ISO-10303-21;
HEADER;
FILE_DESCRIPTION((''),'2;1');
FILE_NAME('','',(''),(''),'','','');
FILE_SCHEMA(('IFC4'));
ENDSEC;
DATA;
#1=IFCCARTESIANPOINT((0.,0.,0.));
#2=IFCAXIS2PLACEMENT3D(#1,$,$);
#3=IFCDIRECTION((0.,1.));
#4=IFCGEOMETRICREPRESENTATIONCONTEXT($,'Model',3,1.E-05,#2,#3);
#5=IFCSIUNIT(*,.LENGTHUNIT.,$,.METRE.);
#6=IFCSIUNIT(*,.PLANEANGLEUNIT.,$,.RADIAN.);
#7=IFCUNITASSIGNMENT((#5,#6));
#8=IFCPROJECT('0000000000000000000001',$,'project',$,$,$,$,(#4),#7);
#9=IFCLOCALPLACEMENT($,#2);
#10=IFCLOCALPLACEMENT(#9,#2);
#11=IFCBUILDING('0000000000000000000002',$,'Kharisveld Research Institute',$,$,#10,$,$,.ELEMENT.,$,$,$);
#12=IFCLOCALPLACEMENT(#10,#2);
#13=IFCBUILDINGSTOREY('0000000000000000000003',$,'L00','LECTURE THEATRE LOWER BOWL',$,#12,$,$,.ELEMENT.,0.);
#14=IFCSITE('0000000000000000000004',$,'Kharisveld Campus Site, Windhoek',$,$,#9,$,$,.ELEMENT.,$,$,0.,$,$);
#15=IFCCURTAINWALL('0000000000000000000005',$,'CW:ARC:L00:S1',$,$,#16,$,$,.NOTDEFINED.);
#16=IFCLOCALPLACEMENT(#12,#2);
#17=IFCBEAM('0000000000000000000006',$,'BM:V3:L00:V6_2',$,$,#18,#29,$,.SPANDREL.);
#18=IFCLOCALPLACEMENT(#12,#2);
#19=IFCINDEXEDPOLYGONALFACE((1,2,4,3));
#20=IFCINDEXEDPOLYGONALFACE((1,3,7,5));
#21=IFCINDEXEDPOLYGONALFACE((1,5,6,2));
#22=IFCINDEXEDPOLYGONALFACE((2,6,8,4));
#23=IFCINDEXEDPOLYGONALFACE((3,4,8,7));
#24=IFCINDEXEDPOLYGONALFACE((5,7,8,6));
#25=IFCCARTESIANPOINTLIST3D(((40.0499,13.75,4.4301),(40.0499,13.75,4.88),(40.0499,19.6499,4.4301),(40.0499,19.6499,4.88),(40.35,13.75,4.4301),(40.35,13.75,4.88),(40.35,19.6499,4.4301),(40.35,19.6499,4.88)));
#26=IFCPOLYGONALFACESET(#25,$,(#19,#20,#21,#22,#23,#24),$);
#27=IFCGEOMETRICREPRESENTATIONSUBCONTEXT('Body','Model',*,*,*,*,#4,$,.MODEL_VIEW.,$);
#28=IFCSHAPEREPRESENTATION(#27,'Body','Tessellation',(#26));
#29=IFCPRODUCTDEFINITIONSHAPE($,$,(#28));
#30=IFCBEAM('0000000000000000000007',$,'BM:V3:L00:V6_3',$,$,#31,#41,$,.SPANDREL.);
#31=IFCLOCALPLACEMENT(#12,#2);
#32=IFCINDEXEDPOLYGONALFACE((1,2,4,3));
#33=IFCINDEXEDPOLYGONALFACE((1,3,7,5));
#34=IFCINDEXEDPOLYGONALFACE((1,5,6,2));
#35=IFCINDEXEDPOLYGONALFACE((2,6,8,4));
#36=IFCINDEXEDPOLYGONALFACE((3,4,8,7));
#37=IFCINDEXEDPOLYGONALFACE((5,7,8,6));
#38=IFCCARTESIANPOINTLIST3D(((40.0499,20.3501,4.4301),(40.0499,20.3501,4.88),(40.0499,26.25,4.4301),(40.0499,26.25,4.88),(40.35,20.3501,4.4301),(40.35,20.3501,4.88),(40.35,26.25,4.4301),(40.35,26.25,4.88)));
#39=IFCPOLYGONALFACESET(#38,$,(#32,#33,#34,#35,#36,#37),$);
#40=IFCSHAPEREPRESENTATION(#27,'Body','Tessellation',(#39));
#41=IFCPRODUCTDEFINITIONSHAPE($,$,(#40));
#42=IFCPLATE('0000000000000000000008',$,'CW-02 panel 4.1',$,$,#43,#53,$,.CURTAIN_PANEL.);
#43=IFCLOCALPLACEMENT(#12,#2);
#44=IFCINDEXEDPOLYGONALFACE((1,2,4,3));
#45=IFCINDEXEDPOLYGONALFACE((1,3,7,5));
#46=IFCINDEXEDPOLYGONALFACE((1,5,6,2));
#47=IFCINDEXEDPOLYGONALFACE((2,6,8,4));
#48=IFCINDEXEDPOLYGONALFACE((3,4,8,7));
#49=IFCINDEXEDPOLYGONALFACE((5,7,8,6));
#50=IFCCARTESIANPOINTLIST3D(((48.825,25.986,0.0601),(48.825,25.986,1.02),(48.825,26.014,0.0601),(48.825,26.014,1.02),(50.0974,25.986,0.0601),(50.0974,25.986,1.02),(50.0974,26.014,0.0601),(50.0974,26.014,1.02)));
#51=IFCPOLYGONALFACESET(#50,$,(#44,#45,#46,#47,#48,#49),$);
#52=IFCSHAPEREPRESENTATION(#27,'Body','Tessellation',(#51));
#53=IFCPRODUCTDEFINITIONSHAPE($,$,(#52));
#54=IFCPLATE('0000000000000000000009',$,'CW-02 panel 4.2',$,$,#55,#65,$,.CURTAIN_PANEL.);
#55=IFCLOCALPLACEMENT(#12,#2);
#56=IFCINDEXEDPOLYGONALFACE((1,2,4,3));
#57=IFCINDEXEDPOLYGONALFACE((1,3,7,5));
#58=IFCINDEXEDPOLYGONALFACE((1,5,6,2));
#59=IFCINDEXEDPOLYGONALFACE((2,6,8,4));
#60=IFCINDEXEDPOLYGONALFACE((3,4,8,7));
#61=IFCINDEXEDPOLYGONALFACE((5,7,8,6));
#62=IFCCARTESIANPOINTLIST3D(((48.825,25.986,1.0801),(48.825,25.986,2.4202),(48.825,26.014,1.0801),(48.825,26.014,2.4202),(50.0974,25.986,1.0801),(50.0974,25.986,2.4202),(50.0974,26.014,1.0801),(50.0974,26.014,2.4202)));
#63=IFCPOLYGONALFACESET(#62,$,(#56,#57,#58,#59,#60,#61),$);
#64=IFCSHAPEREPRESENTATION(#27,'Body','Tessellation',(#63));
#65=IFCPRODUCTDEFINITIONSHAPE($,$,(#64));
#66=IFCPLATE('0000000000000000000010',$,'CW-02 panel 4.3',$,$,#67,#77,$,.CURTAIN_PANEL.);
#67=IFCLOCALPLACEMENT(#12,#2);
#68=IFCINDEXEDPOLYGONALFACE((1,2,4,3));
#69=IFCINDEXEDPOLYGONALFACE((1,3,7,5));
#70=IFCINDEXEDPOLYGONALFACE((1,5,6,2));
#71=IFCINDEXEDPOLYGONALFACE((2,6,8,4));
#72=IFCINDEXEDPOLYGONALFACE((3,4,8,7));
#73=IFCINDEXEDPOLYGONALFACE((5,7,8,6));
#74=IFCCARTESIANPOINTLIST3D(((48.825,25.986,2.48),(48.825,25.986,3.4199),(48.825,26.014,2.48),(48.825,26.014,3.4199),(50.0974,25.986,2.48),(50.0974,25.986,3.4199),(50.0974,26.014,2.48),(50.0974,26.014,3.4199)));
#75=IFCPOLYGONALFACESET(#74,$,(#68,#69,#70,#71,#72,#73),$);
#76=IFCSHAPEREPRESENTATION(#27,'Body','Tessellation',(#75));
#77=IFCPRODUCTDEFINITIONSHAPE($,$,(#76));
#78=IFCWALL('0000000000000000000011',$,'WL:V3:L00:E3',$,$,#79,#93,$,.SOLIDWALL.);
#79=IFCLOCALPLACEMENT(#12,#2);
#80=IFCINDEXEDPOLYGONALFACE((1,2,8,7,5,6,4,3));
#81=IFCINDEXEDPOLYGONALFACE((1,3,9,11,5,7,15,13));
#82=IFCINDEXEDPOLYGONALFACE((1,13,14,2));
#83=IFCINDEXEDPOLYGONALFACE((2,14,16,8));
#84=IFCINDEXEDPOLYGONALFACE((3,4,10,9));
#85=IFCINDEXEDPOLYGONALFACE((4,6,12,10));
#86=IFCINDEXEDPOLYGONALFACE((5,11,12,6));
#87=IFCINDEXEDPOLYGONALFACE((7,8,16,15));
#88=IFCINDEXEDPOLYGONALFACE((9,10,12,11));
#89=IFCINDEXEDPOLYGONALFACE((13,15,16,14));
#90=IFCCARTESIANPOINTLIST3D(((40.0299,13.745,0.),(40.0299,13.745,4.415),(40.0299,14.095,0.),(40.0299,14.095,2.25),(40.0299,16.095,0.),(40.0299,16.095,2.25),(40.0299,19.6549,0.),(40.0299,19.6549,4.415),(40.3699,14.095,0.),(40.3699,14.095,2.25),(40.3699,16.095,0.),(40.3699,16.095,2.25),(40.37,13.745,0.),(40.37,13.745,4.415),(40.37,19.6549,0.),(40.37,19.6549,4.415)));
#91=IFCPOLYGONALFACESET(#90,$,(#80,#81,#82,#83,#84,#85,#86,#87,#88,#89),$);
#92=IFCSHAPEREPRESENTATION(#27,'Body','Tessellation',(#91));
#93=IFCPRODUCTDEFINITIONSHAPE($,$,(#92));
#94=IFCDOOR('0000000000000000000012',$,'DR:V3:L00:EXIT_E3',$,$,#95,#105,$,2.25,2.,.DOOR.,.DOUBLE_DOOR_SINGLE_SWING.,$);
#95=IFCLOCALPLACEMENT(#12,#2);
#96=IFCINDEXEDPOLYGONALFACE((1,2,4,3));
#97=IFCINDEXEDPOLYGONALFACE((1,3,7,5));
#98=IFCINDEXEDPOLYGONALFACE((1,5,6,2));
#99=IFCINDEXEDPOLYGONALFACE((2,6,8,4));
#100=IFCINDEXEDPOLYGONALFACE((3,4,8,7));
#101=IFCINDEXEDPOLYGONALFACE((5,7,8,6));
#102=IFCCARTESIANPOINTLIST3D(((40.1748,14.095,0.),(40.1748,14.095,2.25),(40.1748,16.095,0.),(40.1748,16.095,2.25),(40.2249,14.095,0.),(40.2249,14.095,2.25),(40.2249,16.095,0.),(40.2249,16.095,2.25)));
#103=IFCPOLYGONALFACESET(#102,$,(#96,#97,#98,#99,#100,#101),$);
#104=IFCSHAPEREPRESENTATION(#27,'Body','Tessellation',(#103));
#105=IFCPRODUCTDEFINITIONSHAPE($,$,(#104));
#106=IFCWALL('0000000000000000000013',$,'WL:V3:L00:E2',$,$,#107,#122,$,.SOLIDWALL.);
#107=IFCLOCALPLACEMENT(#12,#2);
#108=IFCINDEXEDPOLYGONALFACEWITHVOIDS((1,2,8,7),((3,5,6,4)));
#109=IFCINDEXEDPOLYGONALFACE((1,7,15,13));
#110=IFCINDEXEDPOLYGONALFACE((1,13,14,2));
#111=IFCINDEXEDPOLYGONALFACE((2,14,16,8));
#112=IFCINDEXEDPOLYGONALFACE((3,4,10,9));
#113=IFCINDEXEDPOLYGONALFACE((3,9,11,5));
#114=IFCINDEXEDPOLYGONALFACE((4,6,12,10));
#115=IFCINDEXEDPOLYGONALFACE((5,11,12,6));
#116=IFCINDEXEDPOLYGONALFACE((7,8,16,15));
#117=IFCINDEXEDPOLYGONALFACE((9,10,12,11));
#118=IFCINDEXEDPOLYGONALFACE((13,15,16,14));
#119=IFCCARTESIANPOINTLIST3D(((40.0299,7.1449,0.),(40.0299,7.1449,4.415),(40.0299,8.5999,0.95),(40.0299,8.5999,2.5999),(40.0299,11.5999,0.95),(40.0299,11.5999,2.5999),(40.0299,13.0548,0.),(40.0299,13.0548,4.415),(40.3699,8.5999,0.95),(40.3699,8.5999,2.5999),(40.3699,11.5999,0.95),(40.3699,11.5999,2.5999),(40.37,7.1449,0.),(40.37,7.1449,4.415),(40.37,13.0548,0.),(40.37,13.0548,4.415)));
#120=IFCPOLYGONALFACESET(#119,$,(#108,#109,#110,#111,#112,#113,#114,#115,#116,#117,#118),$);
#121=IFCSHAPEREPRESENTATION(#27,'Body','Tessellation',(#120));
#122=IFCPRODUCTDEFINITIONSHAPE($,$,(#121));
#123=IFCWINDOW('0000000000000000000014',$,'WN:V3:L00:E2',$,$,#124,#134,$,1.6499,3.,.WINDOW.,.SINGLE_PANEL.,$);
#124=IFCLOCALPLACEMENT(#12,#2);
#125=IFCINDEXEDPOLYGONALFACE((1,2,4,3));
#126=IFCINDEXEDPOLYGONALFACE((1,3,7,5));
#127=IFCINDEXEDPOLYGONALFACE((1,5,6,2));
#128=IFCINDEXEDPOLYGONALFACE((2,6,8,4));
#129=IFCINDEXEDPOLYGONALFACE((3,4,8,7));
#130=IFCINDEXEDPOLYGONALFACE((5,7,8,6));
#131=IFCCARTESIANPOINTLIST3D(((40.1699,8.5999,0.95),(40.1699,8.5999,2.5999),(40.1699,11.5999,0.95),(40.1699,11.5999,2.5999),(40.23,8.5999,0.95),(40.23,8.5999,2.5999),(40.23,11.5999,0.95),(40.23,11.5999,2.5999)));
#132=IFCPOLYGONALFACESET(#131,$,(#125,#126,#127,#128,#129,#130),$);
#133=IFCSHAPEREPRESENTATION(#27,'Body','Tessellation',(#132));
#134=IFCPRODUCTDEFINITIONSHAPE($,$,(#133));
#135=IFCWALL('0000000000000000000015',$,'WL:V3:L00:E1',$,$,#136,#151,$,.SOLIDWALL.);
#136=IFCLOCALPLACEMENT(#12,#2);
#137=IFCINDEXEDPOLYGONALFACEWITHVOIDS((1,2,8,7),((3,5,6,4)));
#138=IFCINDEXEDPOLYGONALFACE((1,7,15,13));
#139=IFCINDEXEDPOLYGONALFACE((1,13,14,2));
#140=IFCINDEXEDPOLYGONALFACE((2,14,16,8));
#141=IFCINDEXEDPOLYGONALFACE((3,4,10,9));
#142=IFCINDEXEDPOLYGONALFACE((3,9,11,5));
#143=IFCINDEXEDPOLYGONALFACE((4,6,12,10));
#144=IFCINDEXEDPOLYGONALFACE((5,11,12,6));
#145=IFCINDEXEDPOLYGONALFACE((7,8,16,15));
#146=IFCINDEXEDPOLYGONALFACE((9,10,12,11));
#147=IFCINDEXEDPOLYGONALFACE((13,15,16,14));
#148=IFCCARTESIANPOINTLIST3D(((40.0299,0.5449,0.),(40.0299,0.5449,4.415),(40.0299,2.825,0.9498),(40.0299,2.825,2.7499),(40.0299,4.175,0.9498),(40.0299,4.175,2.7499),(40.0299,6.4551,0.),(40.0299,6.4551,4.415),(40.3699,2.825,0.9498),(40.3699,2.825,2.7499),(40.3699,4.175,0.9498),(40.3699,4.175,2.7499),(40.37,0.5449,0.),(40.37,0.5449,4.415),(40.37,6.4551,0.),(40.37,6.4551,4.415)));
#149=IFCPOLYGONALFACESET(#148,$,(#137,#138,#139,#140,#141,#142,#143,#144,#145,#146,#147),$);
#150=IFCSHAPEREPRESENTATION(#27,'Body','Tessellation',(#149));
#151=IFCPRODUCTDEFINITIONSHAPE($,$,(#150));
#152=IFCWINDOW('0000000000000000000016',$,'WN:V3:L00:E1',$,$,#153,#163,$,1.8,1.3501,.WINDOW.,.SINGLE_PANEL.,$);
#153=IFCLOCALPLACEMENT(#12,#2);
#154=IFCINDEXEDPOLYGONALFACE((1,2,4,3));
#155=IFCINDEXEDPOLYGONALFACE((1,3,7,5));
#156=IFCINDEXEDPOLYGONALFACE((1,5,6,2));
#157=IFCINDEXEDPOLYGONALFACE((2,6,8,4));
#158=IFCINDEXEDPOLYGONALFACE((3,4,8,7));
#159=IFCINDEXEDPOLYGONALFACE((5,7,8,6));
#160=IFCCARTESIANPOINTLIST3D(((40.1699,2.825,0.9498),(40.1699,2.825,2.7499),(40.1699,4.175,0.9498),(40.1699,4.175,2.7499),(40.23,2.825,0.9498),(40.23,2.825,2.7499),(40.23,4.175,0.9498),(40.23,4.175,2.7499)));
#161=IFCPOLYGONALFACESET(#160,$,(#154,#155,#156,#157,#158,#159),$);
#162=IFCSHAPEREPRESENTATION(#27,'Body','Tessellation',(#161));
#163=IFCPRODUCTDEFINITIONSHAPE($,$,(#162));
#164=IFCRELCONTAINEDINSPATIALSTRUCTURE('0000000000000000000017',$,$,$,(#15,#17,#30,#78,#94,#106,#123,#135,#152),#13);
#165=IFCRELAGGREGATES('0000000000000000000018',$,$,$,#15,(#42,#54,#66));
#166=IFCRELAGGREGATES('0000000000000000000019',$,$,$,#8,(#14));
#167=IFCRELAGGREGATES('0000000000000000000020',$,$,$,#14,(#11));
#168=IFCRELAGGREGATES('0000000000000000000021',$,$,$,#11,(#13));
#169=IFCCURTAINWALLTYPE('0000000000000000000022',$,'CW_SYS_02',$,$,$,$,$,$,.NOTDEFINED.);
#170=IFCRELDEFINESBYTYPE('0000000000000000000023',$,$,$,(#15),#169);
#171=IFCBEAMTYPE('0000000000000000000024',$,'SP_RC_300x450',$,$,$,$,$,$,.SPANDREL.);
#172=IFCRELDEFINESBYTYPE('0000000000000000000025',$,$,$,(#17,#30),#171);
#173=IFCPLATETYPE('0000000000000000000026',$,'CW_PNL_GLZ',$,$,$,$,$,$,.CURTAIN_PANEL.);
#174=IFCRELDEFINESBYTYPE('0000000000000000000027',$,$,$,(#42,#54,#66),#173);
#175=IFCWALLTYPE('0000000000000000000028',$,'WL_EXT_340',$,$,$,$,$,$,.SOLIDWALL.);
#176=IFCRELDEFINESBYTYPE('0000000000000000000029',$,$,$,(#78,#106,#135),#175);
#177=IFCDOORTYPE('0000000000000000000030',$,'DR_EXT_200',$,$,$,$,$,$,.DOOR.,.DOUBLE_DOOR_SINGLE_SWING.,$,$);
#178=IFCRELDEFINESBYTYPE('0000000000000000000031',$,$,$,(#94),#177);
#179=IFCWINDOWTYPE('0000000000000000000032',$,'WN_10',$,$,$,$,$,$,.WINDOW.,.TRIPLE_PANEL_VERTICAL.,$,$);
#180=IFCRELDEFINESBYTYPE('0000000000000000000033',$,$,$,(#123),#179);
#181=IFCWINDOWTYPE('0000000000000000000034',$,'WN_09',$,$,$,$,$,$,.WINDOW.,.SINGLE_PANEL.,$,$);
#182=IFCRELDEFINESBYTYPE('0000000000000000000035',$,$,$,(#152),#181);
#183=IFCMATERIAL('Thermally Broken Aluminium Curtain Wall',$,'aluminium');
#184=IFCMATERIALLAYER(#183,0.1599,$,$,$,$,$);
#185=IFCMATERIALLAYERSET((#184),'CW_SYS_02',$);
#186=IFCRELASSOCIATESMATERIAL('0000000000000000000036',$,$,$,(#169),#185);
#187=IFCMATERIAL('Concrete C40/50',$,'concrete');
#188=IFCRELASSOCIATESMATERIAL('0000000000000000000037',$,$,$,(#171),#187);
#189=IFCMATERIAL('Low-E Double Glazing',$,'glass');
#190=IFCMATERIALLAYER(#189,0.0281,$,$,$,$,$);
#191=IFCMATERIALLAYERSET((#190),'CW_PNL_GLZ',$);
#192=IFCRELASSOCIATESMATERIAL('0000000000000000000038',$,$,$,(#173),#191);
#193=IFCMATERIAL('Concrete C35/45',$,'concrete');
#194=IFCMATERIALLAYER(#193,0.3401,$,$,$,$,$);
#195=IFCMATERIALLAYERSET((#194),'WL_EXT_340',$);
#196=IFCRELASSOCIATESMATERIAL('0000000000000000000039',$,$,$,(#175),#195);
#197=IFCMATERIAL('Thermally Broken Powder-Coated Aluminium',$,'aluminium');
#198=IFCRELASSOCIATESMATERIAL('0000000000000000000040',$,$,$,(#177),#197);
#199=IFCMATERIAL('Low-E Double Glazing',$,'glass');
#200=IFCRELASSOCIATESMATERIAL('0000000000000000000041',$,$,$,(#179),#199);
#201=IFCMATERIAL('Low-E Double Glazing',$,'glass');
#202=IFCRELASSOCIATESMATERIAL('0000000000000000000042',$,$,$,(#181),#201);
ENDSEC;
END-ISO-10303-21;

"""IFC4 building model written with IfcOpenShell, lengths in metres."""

from ifc_helpers import new_model, si_unit, direction, frame, frame_2d, origin, origin_2d, place, context, subcontext, project, spatial, rectangle, extrude, material, layer, layer_set, material_profile, profile_set, type_object, element, fill, aggregate, save


model = new_model("IFC4")

# Units and contexts
model_context = context("Model", 3, precision=1e-05, world=origin(), true_north=direction((0.0, 1.0)))
body_context = subcontext(model_context, "Body", "Model", "MODEL_VIEW")
ifc_project = project(units=[si_unit("LENGTHUNIT", "METRE"), si_unit("PLANEANGLEUNIT", "RADIAN")], contexts=[model_context])

# Site, building, storey
site_placement = place(None, origin())
site = spatial("IfcSite", under=ifc_project, at=site_placement, Name="Kharisveld Campus Site, Windhoek", CompositionType="ELEMENT", RefElevation=0.0)
building_placement = place(site_placement, origin())
building = spatial("IfcBuilding", under=site, at=building_placement, Name="Kharisveld Research Institute", CompositionType="ELEMENT")
storey_placement = place(building_placement, origin())
storey = spatial("IfcBuildingStorey", under=building, at=storey_placement, Name="L00", Description="LECTURE THEATRE LOWER BOWL", CompositionType="ELEMENT", Elevation=0.0)

# Curtain wall
ifc_material_1 = material(Name="Thermally Broken Aluminium Curtain Wall", Category="aluminium")
ifc_layer_1 = layer(ifc_material_1, 0.1599)
ifc_layer_set_1 = layer_set([ifc_layer_1], Name="CW_SYS_02")
curtain_wall_type = type_object("IfcCurtainWallType", Name="CW_SYS_02", PredefinedType="NOTDEFINED", material=ifc_layer_set_1)
curtain_wall_placement = place(storey_placement, origin())
curtain_wall = element("IfcCurtainWall", 1, at=curtain_wall_placement, inside=storey, type_object=curtain_wall_type, Name="CW:ARC:L00:S1", PredefinedType="NOTDEFINED")

# Beams
ifc_material_2 = material(Name="Concrete C40/50", Category="concrete")
ifc_material_profile_1 = material_profile(ifc_material_2, rectangle(XDim=0.3, YDim=0.45, at=origin_2d()))
ifc_profile_set_1 = profile_set([ifc_material_profile_1], Name="Concrete C40/50")
beam_type_1 = type_object("IfcBeamType", Name="SP_RC_300x450", PredefinedType="SPANDREL", material=ifc_profile_set_1)
for number, where, z_axis, x_axis, name in (
    (2, (40.2, 13.75, 4.655), (0.0, 1.0, 0.0), (-1.0, 0.0, 0.0), "BM:V3:L00:V6_2"),
    (3, (40.2, 20.3501, 4.655), (0.0, 1.0, 0.0), (-1.0, 0.0, 0.0), "BM:V3:L00:V6_3"),
):
    element("IfcBeam", number, at=place(storey_placement, frame(where, z_axis=z_axis, x_axis=x_axis)), inside=storey, type_object=beam_type_1, Name=name, PredefinedType="SPANDREL", context=body_context, shape_type="SweptSolid", body=[
        extrude(rectangle(XDim=0.3, YDim=0.45, at=origin_2d()), origin(), (0.0, 0.0, 1.0), 5.8999),
    ])

# Plates
ifc_material_3 = material(Name="Low-E Double Glazing", Category="glass")
ifc_layer_2 = layer(ifc_material_3, 0.0281)
ifc_layer_set_2 = layer_set([ifc_layer_2], Name="CW_PNL_GLZ")
plate_type = type_object("IfcPlateType", Name="CW_PNL_GLZ", PredefinedType="CURTAIN_PANEL", material=ifc_layer_set_2)
plate_1_placement = place(storey_placement, frame((49.4612, 26.0, 0.0601), z_axis=(0.0, 0.0, 1.0), x_axis=(-1.0, 0.0, 0.0)))
plate_1 = element("IfcPlate", 4, at=plate_1_placement, type_object=plate_type, Name="CW-02 panel 4.1", PredefinedType="CURTAIN_PANEL", context=body_context, shape_type="SweptSolid", body=[
    extrude(rectangle(XDim=1.2725, YDim=0.0281, at=origin_2d()), origin(), (0.0, 0.0, 1.0), 0.96),
])
plate_2_placement = place(storey_placement, frame((49.4612, 26.0, 1.0801), z_axis=(0.0, 0.0, 1.0), x_axis=(-1.0, 0.0, 0.0)))
plate_2 = element("IfcPlate", 5, at=plate_2_placement, type_object=plate_type, Name="CW-02 panel 4.2", PredefinedType="CURTAIN_PANEL", context=body_context, shape_type="SweptSolid", body=[
    extrude(rectangle(XDim=1.2725, YDim=0.0281, at=origin_2d()), origin(), (0.0, 0.0, 1.0), 1.3401),
])
plate_3_placement = place(storey_placement, frame((49.4612, 26.0, 2.48), z_axis=(0.0, 0.0, 1.0), x_axis=(-1.0, 0.0, 0.0)))
plate_3 = element("IfcPlate", 6, at=plate_3_placement, type_object=plate_type, Name="CW-02 panel 4.3", PredefinedType="CURTAIN_PANEL", context=body_context, shape_type="SweptSolid", body=[
    extrude(rectangle(XDim=1.2725, YDim=0.0281, at=origin_2d()), origin(), (0.0, 0.0, 1.0), 0.9399),
])
aggregate(curtain_wall, [plate_1, plate_2, plate_3])

# Wall, opening, door
ifc_material_4 = material(Name="Concrete C35/45", Category="concrete")
ifc_layer_3 = layer(ifc_material_4, 0.3401)
ifc_layer_set_3 = layer_set([ifc_layer_3], Name="WL_EXT_340")
wall_type_1 = type_object("IfcWallType", Name="WL_EXT_340", PredefinedType="SOLIDWALL", material=ifc_layer_set_3)
wall_1_placement = place(storey_placement, frame((40.2, 19.655, 0.0), z_axis=(0.0, 0.0, 1.0), x_axis=(0.0, -1.0, 0.0)))
wall_1 = element("IfcWall", 7, at=wall_1_placement, inside=storey, type_object=wall_type_1, Name="WL:V3:L00:E3", PredefinedType="SOLIDWALL", context=body_context, shape_type="SweptSolid", body=[
    extrude(rectangle(XDim=5.9099, YDim=0.3401, at=frame_2d((2.9551, 0.0))), origin(), (0.0, 0.0, 1.0), 4.415),
])
opening_1_placement = place(wall_1_placement, frame((3.5601, 0.0, 0.0)))
opening_1 = element("IfcOpeningElement", 8, at=opening_1_placement, cuts=wall_1, PredefinedType="OPENING", context=body_context, shape_type="SweptSolid", body=[
    extrude(rectangle(XDim=2.0, YDim=2.25, at=frame_2d((1.0, 1.125))), frame((0.0, 0.1699, 0.0), z_axis=(0.0, -1.0, 0.0), x_axis=(1.0, 0.0, 0.0)), (0.0, 0.0, 1.0), 0.3401),
])
ifc_material_5 = material(Name="Thermally Broken Powder-Coated Aluminium", Category="aluminium")
door_type_1 = type_object("IfcDoorType", Name="DR_EXT_200", OperationType="DOUBLE_DOOR_SINGLE_SWING", PredefinedType="DOOR", material=ifc_material_5)
door_1_placement = place(opening_1_placement, origin())
door_1 = element("IfcDoor", 9, at=door_1_placement, inside=storey, type_object=door_type_1, Name="DR:V3:L00:EXIT_E3", OperationType="DOUBLE_DOOR_SINGLE_SWING", OverallHeight=2.25, OverallWidth=2.0, PredefinedType="DOOR", context=body_context, shape_type="SweptSolid", body=[
    extrude(rectangle(XDim=2.0, YDim=2.25, at=frame_2d((1.0, 1.125))), frame((0.0, 0.0249, 0.0), z_axis=(0.0, -1.0, 0.0), x_axis=(1.0, 0.0, 0.0)), (0.0, 0.0, 1.0), 0.05),
])
fill(opening_1, door_1)

# Walls, openings, windows
wall_2_placement = place(storey_placement, frame((40.2, 13.0549, 0.0), z_axis=(0.0, 0.0, 1.0), x_axis=(0.0, -1.0, 0.0)))
wall_2 = element("IfcWall", 10, at=wall_2_placement, inside=storey, type_object=wall_type_1, Name="WL:V3:L00:E2", PredefinedType="SOLIDWALL", context=body_context, shape_type="SweptSolid", body=[
    extrude(rectangle(XDim=5.9099, YDim=0.3401, at=frame_2d((2.9551, 0.0))), origin(), (0.0, 0.0, 1.0), 4.415),
])
opening_2_placement = place(wall_2_placement, frame((1.4551, 0.0, 0.95)))
opening_2 = element("IfcOpeningElement", 11, at=opening_2_placement, cuts=wall_2, PredefinedType="OPENING", context=body_context, shape_type="SweptSolid", body=[
    extrude(rectangle(XDim=3.0, YDim=1.6499, at=frame_2d((1.5, 0.825))), frame((0.0, 0.1699, 0.0), z_axis=(0.0, -1.0, 0.0), x_axis=(1.0, 0.0, 0.0)), (0.0, 0.0, 1.0), 0.3401),
])
ifc_material_6 = material(Name="Low-E Double Glazing", Category="glass")
window_type_1 = type_object("IfcWindowType", Name="WN_10", PartitioningType="TRIPLE_PANEL_VERTICAL", PredefinedType="WINDOW", material=ifc_material_6)
window_1_placement = place(opening_2_placement, origin())
window_1 = element("IfcWindow", 12, at=window_1_placement, inside=storey, type_object=window_type_1, Name="WN:V3:L00:E2", OverallHeight=1.6499, OverallWidth=3.0, PartitioningType="SINGLE_PANEL", PredefinedType="WINDOW", context=body_context, shape_type="SweptSolid", body=[
    extrude(rectangle(XDim=3.0, YDim=1.6499, at=frame_2d((1.5, 0.825))), frame((0.0, 0.03, 0.0), z_axis=(0.0, -1.0, 0.0), x_axis=(1.0, 0.0, 0.0)), (0.0, 0.0, 1.0), 0.0601),
])
fill(opening_2, window_1)
wall_3_placement = place(storey_placement, frame((40.2, 6.4551, 0.0), z_axis=(0.0, 0.0, 1.0), x_axis=(0.0, -1.0, 0.0)))
wall_3 = element("IfcWall", 13, at=wall_3_placement, inside=storey, type_object=wall_type_1, Name="WL:V3:L00:E1", PredefinedType="SOLIDWALL", context=body_context, shape_type="SweptSolid", body=[
    extrude(rectangle(XDim=5.9102, YDim=0.3401, at=frame_2d((2.9551, 0.0))), origin(), (0.0, 0.0, 1.0), 4.415),
])
opening_3_placement = place(wall_3_placement, frame((2.28, 0.0, 0.95)))
opening_3 = element("IfcOpeningElement", 14, at=opening_3_placement, cuts=wall_3, PredefinedType="OPENING", context=body_context, shape_type="SweptSolid", body=[
    extrude(rectangle(XDim=1.3501, YDim=1.8, at=frame_2d((0.675, 0.8999))), frame((0.0, 0.1699, 0.0), z_axis=(0.0, -1.0, 0.0), x_axis=(1.0, 0.0, 0.0)), (0.0, 0.0, 1.0), 0.3401),
])
ifc_material_7 = material(Name="Low-E Double Glazing", Category="glass")
window_type_2 = type_object("IfcWindowType", Name="WN_09", PartitioningType="SINGLE_PANEL", PredefinedType="WINDOW", material=ifc_material_7)
window_2_placement = place(opening_3_placement, origin())
window_2 = element("IfcWindow", 15, at=window_2_placement, inside=storey, type_object=window_type_2, Name="WN:V3:L00:E1", OverallHeight=1.8, OverallWidth=1.3501, PartitioningType="SINGLE_PANEL", PredefinedType="WINDOW", context=body_context, shape_type="SweptSolid", body=[
    extrude(rectangle(XDim=1.3501, YDim=1.8, at=frame_2d((0.675, 0.8999))), frame((0.0, 0.03, 0.0), z_axis=(0.0, -1.0, 0.0), x_axis=(1.0, 0.0, 0.0)), (0.0, 0.0, 1.0), 0.0601),
])
fill(opening_3, window_2)

save(model, "model.ifc")
